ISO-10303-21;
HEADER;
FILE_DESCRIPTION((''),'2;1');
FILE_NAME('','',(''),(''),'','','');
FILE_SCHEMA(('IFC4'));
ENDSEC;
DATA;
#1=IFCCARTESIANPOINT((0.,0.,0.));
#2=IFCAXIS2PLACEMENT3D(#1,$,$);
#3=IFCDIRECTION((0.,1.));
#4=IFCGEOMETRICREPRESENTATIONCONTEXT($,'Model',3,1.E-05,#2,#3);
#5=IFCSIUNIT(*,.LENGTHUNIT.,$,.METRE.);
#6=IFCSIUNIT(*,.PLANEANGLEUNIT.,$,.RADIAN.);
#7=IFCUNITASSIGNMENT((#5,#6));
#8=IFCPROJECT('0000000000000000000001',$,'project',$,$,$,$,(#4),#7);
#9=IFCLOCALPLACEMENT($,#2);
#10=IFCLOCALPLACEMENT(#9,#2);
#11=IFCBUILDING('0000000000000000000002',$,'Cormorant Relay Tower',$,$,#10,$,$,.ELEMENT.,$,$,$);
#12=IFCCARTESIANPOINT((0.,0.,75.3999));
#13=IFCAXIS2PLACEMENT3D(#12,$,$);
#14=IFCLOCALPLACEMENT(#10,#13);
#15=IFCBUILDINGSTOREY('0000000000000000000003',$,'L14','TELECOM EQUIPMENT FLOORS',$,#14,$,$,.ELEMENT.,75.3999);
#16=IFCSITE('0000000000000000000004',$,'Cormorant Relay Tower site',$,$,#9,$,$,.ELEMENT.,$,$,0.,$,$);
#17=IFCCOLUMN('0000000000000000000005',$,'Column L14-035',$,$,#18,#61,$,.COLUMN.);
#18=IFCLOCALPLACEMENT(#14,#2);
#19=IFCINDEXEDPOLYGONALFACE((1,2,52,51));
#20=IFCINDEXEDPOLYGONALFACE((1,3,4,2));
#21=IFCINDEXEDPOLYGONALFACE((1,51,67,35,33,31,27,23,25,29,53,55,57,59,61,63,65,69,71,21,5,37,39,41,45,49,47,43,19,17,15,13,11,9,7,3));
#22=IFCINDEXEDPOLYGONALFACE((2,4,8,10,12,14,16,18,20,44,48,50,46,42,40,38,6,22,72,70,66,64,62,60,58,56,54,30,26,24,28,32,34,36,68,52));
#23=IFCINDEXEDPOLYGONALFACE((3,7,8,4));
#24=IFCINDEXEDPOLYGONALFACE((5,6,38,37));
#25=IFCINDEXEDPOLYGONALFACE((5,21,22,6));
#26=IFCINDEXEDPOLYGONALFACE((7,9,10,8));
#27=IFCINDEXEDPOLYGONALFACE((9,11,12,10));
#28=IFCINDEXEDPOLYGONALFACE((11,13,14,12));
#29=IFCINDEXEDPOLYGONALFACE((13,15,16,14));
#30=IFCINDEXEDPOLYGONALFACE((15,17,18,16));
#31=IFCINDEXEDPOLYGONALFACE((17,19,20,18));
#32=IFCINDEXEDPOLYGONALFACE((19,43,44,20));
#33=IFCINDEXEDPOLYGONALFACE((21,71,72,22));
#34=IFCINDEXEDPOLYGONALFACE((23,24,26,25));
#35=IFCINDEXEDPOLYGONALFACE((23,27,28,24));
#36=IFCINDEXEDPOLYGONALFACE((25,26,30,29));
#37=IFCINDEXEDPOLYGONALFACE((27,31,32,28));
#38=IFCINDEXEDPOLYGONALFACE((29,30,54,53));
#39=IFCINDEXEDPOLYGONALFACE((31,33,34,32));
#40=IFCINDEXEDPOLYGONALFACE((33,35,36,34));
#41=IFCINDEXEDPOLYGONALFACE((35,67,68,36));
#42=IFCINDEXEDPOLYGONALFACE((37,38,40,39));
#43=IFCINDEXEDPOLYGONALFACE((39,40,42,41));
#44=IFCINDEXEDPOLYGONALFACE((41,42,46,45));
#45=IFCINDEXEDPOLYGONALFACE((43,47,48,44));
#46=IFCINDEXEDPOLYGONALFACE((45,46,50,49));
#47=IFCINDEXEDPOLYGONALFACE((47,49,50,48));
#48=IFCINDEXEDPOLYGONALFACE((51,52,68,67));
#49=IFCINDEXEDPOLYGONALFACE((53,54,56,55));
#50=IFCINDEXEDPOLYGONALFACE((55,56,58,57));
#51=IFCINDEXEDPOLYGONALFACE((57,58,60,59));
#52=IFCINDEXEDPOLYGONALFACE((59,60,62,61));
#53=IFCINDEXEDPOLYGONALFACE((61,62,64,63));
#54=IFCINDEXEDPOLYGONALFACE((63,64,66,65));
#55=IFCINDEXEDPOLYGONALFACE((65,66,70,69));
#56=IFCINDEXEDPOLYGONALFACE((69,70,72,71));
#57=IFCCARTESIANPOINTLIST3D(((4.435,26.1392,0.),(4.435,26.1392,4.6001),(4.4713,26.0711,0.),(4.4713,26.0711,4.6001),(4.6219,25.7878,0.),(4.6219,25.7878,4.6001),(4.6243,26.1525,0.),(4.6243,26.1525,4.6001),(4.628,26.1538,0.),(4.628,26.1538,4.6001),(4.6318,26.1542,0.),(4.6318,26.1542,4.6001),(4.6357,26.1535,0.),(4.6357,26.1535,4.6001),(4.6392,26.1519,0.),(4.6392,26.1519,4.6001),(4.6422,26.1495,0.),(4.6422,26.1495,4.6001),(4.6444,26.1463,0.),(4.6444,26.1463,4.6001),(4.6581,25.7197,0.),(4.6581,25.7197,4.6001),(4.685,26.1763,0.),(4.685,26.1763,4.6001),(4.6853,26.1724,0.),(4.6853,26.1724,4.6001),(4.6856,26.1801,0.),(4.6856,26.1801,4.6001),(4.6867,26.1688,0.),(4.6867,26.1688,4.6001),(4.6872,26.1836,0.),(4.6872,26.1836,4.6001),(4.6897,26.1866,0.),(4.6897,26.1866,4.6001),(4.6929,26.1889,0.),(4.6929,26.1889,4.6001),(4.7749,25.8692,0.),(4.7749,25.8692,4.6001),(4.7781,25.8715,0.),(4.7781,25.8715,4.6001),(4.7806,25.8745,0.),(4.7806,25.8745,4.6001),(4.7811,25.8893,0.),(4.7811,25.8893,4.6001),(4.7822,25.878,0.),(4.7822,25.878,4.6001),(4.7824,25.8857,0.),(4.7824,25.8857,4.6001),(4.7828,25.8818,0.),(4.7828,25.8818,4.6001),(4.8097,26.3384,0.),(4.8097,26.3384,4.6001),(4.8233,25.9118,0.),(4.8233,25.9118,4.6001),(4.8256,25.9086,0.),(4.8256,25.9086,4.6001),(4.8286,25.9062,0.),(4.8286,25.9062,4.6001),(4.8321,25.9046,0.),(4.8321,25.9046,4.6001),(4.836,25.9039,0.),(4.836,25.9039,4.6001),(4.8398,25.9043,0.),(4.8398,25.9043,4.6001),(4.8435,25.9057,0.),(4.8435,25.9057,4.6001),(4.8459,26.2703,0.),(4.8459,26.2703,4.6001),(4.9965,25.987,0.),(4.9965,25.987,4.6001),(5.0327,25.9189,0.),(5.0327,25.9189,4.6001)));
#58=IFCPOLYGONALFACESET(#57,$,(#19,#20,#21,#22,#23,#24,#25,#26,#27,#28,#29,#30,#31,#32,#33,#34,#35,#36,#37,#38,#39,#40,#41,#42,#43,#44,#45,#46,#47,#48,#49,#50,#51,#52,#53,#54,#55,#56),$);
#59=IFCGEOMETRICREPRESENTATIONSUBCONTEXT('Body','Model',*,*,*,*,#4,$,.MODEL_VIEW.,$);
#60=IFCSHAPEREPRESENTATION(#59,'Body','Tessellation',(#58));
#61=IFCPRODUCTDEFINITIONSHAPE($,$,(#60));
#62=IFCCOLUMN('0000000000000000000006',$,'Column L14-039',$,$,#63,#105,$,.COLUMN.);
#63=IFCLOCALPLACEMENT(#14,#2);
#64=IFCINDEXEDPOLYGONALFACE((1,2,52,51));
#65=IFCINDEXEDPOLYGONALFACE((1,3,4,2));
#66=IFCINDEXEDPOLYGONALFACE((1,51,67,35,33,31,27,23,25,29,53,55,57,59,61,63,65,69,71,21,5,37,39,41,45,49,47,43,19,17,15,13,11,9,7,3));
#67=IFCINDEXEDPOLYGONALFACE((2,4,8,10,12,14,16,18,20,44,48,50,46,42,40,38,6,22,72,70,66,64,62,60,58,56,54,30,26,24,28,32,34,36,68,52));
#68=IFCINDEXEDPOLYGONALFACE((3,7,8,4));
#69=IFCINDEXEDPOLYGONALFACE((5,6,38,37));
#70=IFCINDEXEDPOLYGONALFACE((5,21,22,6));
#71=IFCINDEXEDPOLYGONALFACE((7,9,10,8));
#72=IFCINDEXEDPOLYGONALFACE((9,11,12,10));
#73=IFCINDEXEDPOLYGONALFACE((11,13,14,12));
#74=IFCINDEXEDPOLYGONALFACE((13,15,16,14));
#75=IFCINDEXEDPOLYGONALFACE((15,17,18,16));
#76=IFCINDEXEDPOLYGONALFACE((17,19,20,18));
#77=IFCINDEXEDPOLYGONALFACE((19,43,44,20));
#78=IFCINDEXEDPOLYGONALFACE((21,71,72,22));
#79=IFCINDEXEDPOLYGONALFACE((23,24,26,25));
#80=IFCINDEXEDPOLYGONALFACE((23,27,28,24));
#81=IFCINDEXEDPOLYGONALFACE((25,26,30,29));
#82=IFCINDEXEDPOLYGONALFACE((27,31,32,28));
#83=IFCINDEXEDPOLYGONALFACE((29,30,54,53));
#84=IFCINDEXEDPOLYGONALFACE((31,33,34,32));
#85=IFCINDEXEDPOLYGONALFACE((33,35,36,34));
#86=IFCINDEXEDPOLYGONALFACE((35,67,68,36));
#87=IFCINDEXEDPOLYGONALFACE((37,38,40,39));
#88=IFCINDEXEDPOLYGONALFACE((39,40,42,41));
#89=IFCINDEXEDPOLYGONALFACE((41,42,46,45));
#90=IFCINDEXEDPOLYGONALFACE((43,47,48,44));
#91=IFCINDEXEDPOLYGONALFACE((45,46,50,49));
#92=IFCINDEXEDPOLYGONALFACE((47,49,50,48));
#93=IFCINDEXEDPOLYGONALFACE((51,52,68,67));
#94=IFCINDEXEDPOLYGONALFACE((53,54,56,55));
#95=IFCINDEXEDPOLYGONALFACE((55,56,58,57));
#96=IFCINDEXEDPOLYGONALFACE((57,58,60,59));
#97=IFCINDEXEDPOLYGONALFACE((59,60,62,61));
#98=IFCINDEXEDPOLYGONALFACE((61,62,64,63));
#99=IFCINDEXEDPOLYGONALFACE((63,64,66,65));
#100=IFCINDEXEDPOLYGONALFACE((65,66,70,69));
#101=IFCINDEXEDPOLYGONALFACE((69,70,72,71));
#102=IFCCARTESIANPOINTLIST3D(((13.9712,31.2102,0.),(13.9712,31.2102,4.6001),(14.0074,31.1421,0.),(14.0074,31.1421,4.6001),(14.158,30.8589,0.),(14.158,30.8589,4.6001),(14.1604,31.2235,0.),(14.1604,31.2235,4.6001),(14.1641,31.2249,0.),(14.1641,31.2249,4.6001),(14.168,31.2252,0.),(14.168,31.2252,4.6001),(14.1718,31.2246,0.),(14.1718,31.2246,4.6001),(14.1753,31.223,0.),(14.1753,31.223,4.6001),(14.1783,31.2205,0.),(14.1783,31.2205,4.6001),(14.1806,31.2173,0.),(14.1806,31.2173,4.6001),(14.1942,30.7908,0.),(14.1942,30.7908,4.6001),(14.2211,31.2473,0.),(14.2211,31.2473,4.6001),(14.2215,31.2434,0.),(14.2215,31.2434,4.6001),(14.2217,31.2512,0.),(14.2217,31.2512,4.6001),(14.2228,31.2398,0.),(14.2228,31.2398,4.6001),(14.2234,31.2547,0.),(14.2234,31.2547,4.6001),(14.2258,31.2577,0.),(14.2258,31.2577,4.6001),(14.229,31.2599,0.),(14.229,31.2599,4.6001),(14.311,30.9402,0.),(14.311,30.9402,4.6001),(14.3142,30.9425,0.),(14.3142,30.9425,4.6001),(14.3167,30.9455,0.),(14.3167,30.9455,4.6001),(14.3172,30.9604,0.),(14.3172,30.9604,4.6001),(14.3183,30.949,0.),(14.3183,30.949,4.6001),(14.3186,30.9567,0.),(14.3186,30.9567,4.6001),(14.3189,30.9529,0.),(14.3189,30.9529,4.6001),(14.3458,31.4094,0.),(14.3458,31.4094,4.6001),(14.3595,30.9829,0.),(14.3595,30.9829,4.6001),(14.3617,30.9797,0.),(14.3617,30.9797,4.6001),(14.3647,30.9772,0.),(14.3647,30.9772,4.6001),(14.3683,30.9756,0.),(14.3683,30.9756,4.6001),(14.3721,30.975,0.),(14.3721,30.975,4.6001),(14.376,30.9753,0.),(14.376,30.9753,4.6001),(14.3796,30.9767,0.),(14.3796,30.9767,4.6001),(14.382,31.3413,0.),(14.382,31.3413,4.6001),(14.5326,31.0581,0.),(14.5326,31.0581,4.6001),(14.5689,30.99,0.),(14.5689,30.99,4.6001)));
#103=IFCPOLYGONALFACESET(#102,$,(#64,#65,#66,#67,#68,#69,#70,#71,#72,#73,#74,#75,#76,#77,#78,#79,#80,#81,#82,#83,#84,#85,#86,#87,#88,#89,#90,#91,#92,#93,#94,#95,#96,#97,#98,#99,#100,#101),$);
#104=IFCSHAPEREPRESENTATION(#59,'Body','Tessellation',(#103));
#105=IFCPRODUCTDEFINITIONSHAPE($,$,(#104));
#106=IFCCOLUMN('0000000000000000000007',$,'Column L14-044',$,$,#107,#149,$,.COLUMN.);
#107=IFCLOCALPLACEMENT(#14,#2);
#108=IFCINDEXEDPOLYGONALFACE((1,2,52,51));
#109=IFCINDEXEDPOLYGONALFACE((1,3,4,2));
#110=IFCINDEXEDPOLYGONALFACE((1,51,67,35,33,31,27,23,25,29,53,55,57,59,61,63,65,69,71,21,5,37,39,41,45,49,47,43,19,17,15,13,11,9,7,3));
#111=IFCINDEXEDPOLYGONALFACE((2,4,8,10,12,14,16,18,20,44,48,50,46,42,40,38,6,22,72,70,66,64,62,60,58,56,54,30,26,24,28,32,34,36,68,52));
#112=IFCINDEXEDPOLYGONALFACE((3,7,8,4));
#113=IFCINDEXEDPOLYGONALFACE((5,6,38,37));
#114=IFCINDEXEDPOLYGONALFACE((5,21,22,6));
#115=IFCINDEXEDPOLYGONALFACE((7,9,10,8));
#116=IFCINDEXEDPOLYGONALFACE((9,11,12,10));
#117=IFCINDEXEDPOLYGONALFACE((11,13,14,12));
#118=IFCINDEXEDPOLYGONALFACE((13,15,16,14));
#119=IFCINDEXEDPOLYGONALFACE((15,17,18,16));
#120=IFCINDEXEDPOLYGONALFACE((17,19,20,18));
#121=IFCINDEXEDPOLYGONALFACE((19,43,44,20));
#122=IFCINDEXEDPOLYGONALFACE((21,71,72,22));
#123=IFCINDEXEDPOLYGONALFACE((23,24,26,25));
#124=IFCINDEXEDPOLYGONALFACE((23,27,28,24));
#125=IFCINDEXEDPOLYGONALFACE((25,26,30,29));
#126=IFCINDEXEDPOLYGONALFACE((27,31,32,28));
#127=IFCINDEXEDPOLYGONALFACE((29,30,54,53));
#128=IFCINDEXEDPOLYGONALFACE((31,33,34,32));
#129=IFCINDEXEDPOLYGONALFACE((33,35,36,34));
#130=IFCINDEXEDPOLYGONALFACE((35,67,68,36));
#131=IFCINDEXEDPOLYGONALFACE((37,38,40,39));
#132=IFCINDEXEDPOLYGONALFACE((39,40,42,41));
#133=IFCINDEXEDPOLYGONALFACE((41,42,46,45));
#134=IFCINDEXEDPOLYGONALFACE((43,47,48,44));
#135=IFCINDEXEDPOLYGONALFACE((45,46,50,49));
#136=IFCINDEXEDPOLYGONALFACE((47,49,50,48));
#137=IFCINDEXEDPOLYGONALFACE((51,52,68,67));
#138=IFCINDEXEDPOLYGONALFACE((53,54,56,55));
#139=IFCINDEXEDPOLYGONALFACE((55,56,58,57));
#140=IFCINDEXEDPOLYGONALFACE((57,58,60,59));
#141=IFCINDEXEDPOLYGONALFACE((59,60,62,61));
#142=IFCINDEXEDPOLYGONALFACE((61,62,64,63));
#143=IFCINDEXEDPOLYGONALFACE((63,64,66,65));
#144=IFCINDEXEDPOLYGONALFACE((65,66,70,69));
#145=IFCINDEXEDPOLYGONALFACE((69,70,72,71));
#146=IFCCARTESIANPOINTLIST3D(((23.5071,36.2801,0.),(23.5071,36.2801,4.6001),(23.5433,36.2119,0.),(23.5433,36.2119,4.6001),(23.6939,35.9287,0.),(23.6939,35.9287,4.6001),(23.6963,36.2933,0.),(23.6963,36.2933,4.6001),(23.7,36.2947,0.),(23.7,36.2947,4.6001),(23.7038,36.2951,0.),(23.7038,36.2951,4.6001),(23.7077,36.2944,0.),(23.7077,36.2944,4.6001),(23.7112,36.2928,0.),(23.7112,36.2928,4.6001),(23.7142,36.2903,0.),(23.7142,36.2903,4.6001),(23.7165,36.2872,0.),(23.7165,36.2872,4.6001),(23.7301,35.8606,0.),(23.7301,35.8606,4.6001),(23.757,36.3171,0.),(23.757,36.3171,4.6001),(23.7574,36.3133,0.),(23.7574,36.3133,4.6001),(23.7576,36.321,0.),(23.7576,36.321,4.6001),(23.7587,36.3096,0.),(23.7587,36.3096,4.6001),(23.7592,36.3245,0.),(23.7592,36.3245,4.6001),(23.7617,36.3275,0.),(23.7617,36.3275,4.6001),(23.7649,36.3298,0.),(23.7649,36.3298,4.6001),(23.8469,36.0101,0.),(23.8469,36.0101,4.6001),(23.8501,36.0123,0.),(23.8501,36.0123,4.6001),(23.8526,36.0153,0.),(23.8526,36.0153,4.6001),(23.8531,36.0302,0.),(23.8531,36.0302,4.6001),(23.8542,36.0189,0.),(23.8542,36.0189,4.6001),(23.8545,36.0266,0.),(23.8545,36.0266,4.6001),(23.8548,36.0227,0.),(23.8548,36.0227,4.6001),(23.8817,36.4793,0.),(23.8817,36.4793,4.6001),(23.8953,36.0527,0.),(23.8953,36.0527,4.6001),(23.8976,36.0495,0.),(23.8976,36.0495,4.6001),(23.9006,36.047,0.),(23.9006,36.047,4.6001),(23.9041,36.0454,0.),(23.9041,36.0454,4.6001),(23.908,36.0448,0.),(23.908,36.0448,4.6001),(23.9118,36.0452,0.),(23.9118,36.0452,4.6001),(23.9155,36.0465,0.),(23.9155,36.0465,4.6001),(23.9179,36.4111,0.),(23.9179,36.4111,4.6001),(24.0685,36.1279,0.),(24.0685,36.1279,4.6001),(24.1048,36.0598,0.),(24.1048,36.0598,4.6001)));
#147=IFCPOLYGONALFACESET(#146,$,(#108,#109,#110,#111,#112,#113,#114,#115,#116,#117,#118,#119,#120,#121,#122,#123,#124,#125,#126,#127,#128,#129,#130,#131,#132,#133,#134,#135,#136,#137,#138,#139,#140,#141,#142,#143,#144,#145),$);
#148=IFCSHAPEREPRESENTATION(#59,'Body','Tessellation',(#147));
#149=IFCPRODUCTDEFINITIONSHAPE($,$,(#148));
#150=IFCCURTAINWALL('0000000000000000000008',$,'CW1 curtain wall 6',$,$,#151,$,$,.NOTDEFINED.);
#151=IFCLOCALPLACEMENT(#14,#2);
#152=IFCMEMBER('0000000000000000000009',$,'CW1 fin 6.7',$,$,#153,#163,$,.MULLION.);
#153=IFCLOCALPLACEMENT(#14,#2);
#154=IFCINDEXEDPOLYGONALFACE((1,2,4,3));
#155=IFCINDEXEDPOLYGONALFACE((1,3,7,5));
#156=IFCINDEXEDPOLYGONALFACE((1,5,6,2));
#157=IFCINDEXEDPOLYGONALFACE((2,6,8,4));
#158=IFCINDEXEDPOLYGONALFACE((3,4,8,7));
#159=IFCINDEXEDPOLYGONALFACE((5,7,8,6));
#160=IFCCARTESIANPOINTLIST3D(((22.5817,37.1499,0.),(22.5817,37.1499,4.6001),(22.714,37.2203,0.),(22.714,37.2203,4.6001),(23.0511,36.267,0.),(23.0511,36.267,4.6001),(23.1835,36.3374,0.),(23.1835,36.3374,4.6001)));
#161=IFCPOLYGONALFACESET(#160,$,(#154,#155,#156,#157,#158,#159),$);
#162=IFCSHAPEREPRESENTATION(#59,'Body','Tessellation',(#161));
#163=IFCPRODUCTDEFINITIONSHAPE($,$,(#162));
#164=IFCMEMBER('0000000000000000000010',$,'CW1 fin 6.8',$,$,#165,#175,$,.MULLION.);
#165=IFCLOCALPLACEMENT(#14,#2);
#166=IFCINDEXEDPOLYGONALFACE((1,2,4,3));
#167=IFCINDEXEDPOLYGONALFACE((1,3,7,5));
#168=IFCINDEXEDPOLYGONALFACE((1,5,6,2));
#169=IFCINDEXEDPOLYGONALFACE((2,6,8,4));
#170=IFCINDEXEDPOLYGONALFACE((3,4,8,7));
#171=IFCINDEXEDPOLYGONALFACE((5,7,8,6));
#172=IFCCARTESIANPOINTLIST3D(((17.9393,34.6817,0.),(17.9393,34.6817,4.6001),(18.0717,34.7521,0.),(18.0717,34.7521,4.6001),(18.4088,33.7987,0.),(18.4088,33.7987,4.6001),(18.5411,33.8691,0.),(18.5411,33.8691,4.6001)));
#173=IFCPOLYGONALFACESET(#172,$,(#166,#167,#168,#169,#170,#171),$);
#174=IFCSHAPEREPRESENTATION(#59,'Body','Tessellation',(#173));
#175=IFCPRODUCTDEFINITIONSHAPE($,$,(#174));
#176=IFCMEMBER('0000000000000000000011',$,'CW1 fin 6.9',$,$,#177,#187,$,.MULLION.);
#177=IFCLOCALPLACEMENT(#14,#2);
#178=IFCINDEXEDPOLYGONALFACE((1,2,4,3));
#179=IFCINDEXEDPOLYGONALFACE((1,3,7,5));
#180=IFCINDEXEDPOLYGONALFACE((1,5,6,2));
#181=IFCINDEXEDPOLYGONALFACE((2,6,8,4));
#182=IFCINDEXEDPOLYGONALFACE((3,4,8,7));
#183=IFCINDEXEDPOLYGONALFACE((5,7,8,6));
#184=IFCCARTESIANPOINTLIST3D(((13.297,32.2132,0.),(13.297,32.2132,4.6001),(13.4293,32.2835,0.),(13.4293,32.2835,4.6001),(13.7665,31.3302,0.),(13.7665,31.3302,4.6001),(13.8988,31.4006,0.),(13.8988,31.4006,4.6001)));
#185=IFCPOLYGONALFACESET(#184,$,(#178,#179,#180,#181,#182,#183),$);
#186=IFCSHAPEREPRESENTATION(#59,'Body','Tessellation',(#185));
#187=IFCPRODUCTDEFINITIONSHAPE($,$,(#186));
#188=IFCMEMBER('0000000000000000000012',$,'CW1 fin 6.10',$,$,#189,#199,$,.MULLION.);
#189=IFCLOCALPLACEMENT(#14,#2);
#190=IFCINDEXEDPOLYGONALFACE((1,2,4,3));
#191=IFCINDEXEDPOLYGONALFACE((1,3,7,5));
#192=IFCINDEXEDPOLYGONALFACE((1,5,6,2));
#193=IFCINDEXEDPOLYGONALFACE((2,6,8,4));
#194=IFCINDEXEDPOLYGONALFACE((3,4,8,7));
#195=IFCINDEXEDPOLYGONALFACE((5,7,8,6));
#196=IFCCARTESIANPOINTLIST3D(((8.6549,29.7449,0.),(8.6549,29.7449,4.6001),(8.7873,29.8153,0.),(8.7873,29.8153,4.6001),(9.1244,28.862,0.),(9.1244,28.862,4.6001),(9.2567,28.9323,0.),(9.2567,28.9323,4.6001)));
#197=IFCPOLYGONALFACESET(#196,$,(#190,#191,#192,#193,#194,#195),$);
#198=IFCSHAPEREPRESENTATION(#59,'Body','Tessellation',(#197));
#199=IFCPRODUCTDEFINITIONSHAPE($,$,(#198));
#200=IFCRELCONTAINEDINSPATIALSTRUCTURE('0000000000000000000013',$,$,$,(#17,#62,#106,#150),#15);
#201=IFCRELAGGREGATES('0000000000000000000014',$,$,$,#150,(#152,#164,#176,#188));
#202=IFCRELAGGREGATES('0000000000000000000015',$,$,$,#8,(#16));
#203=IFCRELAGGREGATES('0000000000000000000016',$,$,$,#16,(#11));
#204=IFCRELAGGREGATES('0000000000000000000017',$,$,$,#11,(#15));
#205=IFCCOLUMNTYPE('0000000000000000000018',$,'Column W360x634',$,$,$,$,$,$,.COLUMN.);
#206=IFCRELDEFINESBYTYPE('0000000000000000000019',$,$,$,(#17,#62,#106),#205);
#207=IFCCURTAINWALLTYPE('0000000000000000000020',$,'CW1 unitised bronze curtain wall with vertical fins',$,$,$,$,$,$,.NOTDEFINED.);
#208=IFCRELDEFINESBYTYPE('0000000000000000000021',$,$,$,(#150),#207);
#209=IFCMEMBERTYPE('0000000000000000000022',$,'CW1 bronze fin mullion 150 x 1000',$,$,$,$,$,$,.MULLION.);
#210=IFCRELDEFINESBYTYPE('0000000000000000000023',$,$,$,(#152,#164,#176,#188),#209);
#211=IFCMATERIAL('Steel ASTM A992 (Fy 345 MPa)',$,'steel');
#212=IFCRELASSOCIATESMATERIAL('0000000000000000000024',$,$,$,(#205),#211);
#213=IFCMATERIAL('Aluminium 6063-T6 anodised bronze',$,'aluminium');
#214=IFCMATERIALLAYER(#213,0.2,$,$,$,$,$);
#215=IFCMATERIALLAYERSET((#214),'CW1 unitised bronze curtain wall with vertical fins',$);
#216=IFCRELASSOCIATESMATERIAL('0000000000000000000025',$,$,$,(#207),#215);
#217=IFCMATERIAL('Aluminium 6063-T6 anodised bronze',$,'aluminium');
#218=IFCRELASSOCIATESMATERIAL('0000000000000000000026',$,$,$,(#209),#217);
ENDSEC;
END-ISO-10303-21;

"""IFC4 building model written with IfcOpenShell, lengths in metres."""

from ifc_helpers import new_model, si_unit, direction, frame, origin, origin_2d, place, context, subcontext, project, spatial, rectangle, i_section, extrude, material, layer, layer_set, material_profile, profile_set, type_object, element, aggregate, save


model = new_model("IFC4")

# Units and contexts
model_context = context("Model", 3, precision=1e-05, world=origin(), true_north=direction((0.0, 1.0)))
body_context = subcontext(model_context, "Body", "Model", "MODEL_VIEW")
ifc_project = project(units=[si_unit("LENGTHUNIT", "METRE"), si_unit("PLANEANGLEUNIT", "RADIAN")], contexts=[model_context])

# Site, building, storey
site_placement = place(None, origin())
site = spatial("IfcSite", under=ifc_project, at=site_placement, Name="Cormorant Relay Tower site", CompositionType="ELEMENT", RefElevation=0.0)
building_placement = place(site_placement, origin())
building = spatial("IfcBuilding", under=site, at=building_placement, Name="Cormorant Relay Tower", CompositionType="ELEMENT")
storey_placement = place(building_placement, frame((0.0, 0.0, 75.3999)))
storey = spatial("IfcBuildingStorey", under=building, at=storey_placement, Name="L14", Description="TELECOM EQUIPMENT FLOORS", CompositionType="ELEMENT", Elevation=75.3999)

# Columns
ifc_material_1 = material(Name="Steel ASTM A992 (Fy 345 MPa)", Category="steel")
ifc_material_profile_1 = material_profile(ifc_material_1, i_section(OverallWidth=0.4243, OverallDepth=0.4751, WebThickness=0.0479, FlangeThickness=0.0771, FilletRadius=0.0149, at=origin_2d()), Name="W360x634")
ifc_profile_set_1 = profile_set([ifc_material_profile_1], Name="Steel ASTM A992 (Fy 345 MPa)")
column_type = type_object("IfcColumnType", Name="Column W360x634", PredefinedType="COLUMN", material=ifc_profile_set_1)
for number, where, z_axis, x_axis, name in (
    (1, (4.7339, 26.0291, 0.0), (0.0, 0.0, 1.0), (-0.882948, -0.469472, 0.0), "Column L14-035"),
    (2, (14.27, 31.1001, 0.0), (0.0, 0.0, 1.0), (-0.882948, -0.469472, 0.0), "Column L14-039"),
    (3, (23.8059, 36.1699, 0.0), (0.0, 0.0, 1.0), (-0.882948, -0.469472, 0.0), "Column L14-044"),
):
    element("IfcColumn", number, at=place(storey_placement, frame(where, z_axis=z_axis, x_axis=x_axis)), inside=storey, type_object=column_type, Name=name, PredefinedType="COLUMN", context=body_context, shape_type="SweptSolid", body=[
        extrude(i_section(OverallWidth=0.4243, OverallDepth=0.4751, WebThickness=0.0479, FlangeThickness=0.0771, FilletRadius=0.0149, at=origin_2d()), origin(), (0.0, 0.0, 1.0), 4.6001),
    ])

# Curtain wall, members
ifc_material_2 = material(Name="Aluminium 6063-T6 anodised bronze", Category="aluminium")
ifc_layer_1 = layer(ifc_material_2, 0.2)
ifc_layer_set_1 = layer_set([ifc_layer_1], Name="CW1 unitised bronze curtain wall with vertical fins")
curtain_wall_type = type_object("IfcCurtainWallType", Name="CW1 unitised bronze curtain wall with vertical fins", PredefinedType="NOTDEFINED", material=ifc_layer_set_1)
curtain_wall_1_placement = place(storey_placement, origin())
curtain_wall_1 = element("IfcCurtainWall", 4, at=curtain_wall_1_placement, inside=storey, type_object=curtain_wall_type, Name="CW1 curtain wall 6", PredefinedType="NOTDEFINED")
ifc_material_3 = material(Name="Aluminium 6063-T6 anodised bronze", Category="aluminium")
ifc_material_profile_2 = material_profile(ifc_material_3, rectangle(XDim=0.1499, YDim=1.0, at=origin_2d()), Name="AL 150x1000")
ifc_profile_set_2 = profile_set([ifc_material_profile_2], Name="Aluminium 6063-T6 anodised bronze")
member_type_1 = type_object("IfcMemberType", Name="CW1 bronze fin mullion 150 x 1000", PredefinedType="MULLION", material=ifc_profile_set_2)
member_1_placement = place(storey_placement, frame((22.8826, 36.7437, 0.0), z_axis=(0.0, 0.0, 1.0), x_axis=(-0.882948, -0.469472, 0.0)))
member_1 = element("IfcMember", 5, at=member_1_placement, type_object=member_type_1, Name="CW1 fin 6.7", PredefinedType="MULLION", context=body_context, shape_type="SweptSolid", body=[
    extrude(rectangle(XDim=0.1499, YDim=1.0, at=origin_2d()), origin(), (0.0, 0.0, 1.0), 4.6001),
])
member_2_placement = place(storey_placement, frame((18.2402, 34.2754, 0.0), z_axis=(0.0, 0.0, 1.0), x_axis=(-0.882948, -0.469472, 0.0)))
member_2 = element("IfcMember", 6, at=member_2_placement, type_object=member_type_1, Name="CW1 fin 6.8", PredefinedType="MULLION", context=body_context, shape_type="SweptSolid", body=[
    extrude(rectangle(XDim=0.1499, YDim=1.0, at=origin_2d()), origin(), (0.0, 0.0, 1.0), 4.6001),
])
member_3_placement = place(storey_placement, frame((13.5979, 31.8069, 0.0), z_axis=(0.0, 0.0, 1.0), x_axis=(-0.882948, -0.469472, 0.0)))
member_3 = element("IfcMember", 7, at=member_3_placement, type_object=member_type_1, Name="CW1 fin 6.9", PredefinedType="MULLION", context=body_context, shape_type="SweptSolid", body=[
    extrude(rectangle(XDim=0.1499, YDim=1.0, at=origin_2d()), origin(), (0.0, 0.0, 1.0), 4.6001),
])
member_4_placement = place(storey_placement, frame((8.9558, 29.3386, 0.0), z_axis=(0.0, 0.0, 1.0), x_axis=(-0.882948, -0.469472, 0.0)))
member_4 = element("IfcMember", 8, at=member_4_placement, type_object=member_type_1, Name="CW1 fin 6.10", PredefinedType="MULLION", context=body_context, shape_type="SweptSolid", body=[
    extrude(rectangle(XDim=0.1499, YDim=1.0, at=origin_2d()), origin(), (0.0, 0.0, 1.0), 4.6001),
])

aggregate(curtain_wall_1, [member_1, member_2, member_3, member_4])

save(model, "model.ifc")
